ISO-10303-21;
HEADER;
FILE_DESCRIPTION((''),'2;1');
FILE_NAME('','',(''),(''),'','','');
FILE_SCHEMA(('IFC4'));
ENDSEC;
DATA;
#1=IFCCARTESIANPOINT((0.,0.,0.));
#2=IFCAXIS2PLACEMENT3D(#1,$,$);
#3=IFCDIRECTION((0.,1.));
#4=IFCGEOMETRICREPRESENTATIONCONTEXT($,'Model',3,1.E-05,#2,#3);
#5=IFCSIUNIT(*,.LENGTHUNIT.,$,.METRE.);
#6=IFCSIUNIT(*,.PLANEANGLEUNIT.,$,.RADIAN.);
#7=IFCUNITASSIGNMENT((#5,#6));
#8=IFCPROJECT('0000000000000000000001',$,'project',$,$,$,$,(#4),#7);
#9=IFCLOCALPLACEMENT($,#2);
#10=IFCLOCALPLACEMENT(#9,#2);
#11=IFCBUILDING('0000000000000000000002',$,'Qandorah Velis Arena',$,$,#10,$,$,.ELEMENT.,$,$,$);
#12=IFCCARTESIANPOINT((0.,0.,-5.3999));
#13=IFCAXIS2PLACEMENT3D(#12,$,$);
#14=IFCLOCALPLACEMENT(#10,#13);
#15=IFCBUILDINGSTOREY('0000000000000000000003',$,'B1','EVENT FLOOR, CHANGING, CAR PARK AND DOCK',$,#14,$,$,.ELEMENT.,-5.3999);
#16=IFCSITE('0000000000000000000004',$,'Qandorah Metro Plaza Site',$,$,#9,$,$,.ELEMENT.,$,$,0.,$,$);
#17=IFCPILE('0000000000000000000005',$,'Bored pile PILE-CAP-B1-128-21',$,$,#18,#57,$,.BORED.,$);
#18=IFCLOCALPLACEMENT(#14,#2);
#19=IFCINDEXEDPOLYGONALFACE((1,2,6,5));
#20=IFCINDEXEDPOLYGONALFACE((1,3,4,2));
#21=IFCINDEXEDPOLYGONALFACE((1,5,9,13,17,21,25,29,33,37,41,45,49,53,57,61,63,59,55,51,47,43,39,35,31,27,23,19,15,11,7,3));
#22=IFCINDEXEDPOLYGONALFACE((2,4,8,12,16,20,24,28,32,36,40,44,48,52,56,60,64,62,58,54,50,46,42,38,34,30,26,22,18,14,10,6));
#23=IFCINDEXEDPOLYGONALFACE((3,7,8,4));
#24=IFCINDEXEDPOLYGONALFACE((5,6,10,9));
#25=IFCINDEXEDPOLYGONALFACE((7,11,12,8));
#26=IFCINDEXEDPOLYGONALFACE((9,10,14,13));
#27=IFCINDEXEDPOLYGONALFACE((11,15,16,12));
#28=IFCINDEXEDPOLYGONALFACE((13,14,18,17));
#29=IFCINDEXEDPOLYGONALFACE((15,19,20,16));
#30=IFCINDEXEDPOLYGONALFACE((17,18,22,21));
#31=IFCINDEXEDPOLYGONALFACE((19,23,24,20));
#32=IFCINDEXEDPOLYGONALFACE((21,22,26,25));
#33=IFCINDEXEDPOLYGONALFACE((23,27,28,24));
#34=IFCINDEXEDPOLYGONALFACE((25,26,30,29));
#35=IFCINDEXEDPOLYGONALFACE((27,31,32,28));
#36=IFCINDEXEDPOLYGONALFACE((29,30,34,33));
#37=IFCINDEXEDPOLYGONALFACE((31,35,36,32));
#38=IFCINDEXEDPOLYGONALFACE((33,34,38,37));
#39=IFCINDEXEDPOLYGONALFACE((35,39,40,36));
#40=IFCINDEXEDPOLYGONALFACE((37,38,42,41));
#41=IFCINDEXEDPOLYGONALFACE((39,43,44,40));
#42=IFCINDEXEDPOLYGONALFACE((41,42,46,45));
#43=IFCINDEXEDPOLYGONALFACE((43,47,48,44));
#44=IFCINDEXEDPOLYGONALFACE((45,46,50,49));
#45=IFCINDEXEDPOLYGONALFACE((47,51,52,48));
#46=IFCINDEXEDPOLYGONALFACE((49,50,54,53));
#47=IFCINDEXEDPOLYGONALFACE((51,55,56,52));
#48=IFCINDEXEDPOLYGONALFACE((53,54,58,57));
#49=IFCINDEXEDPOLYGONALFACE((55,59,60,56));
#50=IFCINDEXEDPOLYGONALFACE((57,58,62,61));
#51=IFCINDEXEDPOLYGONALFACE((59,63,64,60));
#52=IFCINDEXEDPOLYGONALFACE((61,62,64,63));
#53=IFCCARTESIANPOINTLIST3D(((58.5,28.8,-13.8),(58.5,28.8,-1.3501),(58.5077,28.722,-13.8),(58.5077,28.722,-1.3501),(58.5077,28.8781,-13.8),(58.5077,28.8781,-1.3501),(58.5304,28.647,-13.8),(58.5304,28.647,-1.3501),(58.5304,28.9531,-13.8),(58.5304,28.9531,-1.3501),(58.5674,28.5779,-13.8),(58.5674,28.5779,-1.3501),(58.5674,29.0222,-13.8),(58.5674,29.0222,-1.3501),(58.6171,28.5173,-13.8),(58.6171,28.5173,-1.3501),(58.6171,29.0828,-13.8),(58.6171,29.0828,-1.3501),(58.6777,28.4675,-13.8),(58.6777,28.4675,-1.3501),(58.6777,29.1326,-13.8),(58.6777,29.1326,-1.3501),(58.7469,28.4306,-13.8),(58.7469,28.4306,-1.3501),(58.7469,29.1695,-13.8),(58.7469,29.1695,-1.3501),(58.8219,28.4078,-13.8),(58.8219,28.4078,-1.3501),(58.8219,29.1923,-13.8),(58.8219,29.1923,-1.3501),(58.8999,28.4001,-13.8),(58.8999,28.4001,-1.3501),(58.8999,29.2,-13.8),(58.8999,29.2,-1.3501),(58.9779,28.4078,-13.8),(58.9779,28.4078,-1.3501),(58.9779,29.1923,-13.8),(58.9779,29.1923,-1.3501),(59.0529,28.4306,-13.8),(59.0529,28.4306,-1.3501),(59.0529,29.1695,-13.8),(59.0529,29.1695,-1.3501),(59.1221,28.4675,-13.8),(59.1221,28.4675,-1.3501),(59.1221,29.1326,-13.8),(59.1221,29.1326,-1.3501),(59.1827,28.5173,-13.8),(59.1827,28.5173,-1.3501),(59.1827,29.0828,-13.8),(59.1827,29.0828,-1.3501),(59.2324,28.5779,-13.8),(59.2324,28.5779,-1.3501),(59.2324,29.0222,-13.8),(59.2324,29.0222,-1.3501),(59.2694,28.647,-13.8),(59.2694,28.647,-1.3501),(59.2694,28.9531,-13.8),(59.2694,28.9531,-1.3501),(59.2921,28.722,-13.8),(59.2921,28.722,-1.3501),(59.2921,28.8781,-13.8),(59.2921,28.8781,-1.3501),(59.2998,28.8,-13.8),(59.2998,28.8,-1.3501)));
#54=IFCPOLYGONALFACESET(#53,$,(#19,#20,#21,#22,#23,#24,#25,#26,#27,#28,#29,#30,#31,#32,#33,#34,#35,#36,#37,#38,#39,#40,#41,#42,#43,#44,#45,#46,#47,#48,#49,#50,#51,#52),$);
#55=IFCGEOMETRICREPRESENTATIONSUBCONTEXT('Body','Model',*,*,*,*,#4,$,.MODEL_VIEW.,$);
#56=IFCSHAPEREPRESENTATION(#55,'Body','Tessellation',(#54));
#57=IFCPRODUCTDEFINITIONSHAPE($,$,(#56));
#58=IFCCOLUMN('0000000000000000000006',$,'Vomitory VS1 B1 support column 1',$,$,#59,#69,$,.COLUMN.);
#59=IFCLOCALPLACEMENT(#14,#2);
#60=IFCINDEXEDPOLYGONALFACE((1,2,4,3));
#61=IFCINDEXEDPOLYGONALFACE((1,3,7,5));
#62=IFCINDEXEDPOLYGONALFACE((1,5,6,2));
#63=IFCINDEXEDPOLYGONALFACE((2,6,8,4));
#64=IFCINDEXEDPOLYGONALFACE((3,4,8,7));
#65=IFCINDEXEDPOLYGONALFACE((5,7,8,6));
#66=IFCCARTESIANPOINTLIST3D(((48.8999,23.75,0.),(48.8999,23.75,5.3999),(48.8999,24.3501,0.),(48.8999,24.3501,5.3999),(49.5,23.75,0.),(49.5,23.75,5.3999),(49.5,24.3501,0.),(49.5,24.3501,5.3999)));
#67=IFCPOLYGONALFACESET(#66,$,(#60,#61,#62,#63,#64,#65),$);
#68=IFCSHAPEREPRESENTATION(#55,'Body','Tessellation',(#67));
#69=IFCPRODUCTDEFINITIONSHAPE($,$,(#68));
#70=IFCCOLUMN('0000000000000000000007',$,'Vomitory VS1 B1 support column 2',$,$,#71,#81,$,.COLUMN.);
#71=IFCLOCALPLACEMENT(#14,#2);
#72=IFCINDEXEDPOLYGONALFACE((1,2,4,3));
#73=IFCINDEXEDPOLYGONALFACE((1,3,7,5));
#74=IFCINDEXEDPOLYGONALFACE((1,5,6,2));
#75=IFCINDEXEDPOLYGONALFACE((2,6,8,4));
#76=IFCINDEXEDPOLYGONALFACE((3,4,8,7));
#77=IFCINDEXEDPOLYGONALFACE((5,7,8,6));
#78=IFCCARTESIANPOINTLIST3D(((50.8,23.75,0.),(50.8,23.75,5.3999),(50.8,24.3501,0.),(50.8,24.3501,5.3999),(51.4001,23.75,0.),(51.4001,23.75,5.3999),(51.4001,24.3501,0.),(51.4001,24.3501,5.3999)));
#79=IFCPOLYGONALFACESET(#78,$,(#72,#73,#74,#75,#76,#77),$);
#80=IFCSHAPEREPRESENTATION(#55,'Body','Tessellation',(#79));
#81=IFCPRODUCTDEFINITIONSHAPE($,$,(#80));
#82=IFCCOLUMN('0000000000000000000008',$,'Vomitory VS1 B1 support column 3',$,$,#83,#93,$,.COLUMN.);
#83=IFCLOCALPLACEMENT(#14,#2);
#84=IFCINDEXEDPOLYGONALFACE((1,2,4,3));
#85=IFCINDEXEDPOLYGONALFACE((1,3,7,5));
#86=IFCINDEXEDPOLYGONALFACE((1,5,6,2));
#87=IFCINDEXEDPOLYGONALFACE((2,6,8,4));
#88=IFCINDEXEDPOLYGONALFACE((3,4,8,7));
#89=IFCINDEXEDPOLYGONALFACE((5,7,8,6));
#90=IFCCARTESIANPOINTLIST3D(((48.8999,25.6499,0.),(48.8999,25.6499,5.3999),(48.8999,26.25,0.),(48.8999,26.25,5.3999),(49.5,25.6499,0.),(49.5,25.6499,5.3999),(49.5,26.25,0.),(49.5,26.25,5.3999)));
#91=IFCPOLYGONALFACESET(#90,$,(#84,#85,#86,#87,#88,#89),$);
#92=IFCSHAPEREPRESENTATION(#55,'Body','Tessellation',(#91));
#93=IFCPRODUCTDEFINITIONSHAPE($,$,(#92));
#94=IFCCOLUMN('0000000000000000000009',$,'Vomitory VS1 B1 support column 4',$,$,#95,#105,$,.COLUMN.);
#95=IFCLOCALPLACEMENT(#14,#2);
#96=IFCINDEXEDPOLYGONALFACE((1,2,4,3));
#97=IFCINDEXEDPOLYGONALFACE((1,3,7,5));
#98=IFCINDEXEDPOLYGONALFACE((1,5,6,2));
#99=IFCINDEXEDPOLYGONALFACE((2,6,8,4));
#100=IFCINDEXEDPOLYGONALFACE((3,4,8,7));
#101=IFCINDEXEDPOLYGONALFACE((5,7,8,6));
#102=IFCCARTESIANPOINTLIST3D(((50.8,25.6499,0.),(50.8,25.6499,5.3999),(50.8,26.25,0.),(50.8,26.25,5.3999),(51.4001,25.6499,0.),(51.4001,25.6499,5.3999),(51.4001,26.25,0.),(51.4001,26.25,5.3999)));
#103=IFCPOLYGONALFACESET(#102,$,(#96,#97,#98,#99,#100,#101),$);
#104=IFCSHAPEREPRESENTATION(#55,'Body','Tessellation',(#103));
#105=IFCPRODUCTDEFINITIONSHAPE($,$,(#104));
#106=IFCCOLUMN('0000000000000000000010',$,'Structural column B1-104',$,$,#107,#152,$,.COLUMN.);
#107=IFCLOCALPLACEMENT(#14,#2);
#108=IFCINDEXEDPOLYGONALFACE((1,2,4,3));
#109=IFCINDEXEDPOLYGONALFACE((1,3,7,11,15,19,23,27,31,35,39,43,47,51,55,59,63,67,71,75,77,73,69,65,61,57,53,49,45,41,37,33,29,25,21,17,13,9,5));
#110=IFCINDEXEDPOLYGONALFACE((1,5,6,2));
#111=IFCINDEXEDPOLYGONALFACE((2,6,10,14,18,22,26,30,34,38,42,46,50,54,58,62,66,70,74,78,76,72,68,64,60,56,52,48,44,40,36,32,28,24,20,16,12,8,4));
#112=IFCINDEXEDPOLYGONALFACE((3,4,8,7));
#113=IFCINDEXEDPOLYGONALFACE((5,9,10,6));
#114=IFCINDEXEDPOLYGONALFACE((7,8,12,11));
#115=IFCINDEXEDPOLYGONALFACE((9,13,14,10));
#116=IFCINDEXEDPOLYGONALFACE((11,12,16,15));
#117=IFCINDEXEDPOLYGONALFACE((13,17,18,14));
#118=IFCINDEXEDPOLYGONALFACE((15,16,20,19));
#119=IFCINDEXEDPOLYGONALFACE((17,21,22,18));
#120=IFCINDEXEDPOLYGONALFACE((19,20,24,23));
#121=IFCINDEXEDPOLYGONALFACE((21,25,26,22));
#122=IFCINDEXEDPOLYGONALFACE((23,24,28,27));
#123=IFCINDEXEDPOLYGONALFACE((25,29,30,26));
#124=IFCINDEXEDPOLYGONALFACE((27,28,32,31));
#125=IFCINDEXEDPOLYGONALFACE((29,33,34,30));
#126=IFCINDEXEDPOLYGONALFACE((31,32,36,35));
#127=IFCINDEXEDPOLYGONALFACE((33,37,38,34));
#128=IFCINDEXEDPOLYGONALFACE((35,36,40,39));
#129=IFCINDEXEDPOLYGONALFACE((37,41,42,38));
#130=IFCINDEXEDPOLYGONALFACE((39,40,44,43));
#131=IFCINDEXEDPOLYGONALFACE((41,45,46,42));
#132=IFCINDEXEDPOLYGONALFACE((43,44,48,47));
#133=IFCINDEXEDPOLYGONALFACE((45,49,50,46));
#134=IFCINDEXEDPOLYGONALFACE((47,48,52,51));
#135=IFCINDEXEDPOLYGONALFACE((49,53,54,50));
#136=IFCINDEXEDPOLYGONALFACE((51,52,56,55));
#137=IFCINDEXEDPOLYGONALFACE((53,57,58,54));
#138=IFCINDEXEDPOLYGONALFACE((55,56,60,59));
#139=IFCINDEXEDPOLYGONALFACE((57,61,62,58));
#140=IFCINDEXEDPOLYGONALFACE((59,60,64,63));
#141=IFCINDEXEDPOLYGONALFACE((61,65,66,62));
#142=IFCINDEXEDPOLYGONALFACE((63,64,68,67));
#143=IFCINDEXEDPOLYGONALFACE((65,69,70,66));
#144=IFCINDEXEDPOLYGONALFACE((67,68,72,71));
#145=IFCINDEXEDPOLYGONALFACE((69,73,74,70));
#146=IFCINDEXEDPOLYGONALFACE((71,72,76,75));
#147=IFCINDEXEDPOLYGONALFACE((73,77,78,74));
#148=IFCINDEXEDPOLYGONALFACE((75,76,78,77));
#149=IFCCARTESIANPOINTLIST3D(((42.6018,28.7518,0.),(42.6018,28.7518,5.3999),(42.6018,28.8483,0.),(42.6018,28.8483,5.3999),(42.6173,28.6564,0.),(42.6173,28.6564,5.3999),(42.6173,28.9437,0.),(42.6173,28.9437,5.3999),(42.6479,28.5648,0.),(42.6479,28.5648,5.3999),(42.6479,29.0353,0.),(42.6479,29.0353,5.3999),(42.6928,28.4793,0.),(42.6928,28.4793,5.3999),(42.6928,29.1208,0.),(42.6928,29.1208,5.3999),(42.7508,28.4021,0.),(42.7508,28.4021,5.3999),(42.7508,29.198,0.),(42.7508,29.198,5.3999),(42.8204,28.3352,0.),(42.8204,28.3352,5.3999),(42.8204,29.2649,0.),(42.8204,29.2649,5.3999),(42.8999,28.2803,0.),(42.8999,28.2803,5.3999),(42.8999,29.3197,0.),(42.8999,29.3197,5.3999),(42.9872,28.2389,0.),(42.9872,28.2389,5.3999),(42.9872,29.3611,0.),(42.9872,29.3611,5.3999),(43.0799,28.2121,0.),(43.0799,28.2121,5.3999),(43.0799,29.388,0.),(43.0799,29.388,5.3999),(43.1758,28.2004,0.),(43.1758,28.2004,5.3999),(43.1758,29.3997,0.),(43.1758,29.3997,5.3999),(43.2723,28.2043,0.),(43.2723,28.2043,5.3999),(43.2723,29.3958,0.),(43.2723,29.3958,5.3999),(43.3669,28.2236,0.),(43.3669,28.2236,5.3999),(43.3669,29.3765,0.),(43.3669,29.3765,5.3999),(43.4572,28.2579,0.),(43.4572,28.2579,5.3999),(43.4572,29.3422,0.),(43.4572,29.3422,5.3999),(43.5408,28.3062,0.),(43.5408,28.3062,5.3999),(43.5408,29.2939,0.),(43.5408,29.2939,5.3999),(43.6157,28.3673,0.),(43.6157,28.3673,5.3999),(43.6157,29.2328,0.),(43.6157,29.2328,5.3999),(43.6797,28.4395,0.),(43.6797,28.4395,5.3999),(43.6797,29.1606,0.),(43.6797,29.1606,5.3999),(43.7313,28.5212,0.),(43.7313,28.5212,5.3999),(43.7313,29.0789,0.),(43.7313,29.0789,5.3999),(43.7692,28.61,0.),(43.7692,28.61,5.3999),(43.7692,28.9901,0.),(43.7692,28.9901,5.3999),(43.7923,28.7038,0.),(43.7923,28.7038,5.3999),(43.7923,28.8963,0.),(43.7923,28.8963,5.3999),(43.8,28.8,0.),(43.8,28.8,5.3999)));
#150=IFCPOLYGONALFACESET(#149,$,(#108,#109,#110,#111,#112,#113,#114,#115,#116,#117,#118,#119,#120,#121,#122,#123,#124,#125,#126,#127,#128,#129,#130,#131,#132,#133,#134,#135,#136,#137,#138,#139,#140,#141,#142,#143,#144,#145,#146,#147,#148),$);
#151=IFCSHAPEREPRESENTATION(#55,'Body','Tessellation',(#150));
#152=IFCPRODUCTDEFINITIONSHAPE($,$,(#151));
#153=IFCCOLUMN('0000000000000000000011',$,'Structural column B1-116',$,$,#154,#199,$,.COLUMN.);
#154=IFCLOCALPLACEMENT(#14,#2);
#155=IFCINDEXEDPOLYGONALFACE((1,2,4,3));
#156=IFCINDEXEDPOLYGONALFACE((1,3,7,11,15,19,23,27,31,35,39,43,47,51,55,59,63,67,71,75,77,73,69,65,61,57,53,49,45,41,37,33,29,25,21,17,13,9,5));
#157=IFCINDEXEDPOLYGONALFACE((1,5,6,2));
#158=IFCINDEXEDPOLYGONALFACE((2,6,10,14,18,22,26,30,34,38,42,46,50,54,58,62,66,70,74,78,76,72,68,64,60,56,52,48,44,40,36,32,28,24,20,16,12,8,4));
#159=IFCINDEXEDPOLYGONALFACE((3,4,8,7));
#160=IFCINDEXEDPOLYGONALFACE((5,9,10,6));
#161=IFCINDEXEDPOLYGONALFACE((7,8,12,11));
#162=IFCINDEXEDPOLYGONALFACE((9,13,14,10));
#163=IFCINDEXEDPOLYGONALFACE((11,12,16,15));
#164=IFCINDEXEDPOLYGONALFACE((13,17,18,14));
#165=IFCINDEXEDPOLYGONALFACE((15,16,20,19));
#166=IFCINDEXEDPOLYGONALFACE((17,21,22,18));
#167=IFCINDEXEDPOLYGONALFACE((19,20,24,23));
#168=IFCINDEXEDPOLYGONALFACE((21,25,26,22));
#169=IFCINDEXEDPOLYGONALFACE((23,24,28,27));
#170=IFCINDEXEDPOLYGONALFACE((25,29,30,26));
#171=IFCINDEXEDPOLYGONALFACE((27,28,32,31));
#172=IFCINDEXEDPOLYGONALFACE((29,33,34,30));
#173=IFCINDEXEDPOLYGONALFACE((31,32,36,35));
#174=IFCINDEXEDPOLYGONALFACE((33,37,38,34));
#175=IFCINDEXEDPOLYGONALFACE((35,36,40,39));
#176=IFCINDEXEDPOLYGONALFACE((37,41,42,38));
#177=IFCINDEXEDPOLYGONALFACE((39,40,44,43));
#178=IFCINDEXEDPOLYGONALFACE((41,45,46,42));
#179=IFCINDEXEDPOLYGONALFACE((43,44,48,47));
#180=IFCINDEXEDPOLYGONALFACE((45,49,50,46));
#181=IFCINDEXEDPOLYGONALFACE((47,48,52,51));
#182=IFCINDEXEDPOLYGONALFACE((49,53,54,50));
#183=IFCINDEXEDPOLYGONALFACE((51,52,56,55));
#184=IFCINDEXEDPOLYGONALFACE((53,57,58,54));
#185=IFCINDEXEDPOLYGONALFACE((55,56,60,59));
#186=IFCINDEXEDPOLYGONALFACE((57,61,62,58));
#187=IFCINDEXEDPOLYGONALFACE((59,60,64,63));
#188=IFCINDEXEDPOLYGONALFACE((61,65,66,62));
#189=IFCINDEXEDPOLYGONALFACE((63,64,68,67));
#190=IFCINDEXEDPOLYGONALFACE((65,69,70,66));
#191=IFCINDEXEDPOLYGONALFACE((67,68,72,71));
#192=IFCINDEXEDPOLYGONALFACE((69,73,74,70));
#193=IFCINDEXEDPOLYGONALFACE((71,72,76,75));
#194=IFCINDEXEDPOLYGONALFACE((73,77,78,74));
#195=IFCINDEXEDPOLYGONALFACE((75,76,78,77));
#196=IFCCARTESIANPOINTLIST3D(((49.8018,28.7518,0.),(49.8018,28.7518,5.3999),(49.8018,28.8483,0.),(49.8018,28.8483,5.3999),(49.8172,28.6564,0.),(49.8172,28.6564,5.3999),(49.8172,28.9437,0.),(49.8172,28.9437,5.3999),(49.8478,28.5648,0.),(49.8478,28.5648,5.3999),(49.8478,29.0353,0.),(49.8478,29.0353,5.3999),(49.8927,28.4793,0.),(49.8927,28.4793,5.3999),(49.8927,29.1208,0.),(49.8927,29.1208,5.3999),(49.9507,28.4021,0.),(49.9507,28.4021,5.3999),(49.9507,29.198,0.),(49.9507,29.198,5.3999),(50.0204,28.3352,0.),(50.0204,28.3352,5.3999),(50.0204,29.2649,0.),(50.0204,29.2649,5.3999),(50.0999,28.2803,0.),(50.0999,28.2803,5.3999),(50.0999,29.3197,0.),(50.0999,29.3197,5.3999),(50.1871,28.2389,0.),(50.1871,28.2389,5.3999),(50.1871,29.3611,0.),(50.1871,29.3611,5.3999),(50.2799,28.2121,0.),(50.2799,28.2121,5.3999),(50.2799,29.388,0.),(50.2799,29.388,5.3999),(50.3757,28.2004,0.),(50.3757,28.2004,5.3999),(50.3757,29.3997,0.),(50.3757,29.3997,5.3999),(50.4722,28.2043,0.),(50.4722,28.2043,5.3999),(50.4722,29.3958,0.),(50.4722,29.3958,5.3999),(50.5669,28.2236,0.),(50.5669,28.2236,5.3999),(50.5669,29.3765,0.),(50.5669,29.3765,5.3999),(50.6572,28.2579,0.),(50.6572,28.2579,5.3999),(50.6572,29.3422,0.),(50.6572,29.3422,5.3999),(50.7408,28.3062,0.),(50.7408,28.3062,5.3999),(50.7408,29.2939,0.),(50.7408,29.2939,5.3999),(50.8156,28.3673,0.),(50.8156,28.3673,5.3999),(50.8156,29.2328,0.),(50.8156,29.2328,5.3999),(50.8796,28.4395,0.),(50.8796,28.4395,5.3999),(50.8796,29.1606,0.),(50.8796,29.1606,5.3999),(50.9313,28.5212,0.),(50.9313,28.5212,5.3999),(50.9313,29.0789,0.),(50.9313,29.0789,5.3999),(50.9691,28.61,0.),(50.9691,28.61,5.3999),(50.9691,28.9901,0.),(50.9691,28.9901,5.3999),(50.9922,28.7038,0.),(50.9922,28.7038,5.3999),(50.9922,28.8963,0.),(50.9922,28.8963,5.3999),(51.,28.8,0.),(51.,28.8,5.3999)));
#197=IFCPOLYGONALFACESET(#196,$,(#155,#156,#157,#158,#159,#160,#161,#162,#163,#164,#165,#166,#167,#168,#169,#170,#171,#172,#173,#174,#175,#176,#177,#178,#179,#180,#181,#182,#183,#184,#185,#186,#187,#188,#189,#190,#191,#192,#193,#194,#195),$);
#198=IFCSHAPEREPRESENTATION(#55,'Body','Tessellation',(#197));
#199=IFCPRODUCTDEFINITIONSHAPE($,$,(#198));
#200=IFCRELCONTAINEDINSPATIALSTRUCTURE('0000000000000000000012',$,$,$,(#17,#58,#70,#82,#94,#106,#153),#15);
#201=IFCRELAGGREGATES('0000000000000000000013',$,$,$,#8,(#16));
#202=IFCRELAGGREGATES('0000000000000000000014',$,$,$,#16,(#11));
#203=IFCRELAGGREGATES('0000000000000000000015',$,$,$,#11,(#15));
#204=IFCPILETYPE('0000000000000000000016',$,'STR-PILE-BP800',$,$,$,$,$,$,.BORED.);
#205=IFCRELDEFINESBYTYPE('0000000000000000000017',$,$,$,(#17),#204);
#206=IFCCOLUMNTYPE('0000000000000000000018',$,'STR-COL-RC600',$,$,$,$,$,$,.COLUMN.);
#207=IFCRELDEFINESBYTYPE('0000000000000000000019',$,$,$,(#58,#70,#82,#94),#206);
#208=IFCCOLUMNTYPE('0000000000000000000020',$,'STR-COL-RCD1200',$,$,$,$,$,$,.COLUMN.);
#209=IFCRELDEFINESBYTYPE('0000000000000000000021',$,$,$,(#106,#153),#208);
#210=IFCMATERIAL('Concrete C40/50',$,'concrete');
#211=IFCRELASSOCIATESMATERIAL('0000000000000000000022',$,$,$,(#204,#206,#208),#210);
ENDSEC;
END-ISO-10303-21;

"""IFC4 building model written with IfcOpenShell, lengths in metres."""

from ifc_helpers import new_model, si_unit, direction, frame, origin, origin_2d, place, context, subcontext, project, spatial, rectangle, circle, extrude, material, material_profile, profile_set, type_object, element, save


model = new_model("IFC4")

# Units and contexts
model_context = context("Model", 3, precision=1e-05, world=origin(), true_north=direction((0.0, 1.0)))
body_context = subcontext(model_context, "Body", "Model", "MODEL_VIEW")
ifc_project = project(units=[si_unit("LENGTHUNIT", "METRE"), si_unit("PLANEANGLEUNIT", "RADIAN")], contexts=[model_context])

# Site, building, storey
site_placement = place(None, origin())
site = spatial("IfcSite", under=ifc_project, at=site_placement, Name="Qandorah Metro Plaza Site", CompositionType="ELEMENT", RefElevation=0.0)
building_placement = place(site_placement, origin())
building = spatial("IfcBuilding", under=site, at=building_placement, Name="Qandorah Velis Arena", CompositionType="ELEMENT")
storey_placement = place(building_placement, frame((0.0, 0.0, -5.3999)))
storey = spatial("IfcBuildingStorey", under=building, at=storey_placement, Name="B1", Description="EVENT FLOOR, CHANGING, CAR PARK AND DOCK", CompositionType="ELEMENT", Elevation=-5.3999)

# Shared definitions
ifc_material_1 = material(Name="Concrete C40/50", Category="concrete")

# Pile
ifc_material_profile_1 = material_profile(ifc_material_1, circle(Radius=0.3999, at=origin_2d()), Name="BORED PILE D800")
ifc_profile_set_1 = profile_set([ifc_material_profile_1], Name="Concrete C40/50")
pile_type = type_object("IfcPileType", Name="STR-PILE-BP800", PredefinedType="BORED", material=ifc_profile_set_1)
for number, where, z_axis, x_axis, name in (
    (1, (58.8999, 28.8, -1.3501), (0.0, 0.0, -1.0), (1.0, 0.0, 0.0), "Bored pile PILE-CAP-B1-128-21"),
):
    element("IfcPile", number, at=place(storey_placement, frame(where, z_axis=z_axis, x_axis=x_axis)), inside=storey, type_object=pile_type, Name=name, PredefinedType="BORED", context=body_context, shape_type="SweptSolid", body=[
        extrude(circle(Radius=0.3999, at=origin_2d()), origin(), (0.0, 0.0, 1.0), 12.45),
    ])

# Columns
ifc_material_profile_2 = material_profile(ifc_material_1, rectangle(XDim=0.6001, YDim=0.6001, at=origin_2d()), Name="RC COL 600x600")
ifc_profile_set_2 = profile_set([ifc_material_profile_2], Name="Concrete C40/50")
column_type_1 = type_object("IfcColumnType", Name="STR-COL-RC600", PredefinedType="COLUMN", material=ifc_profile_set_2)
for number, where, z_axis, x_axis, name in (
    (2, (49.2, 24.05, 0.0), (0.0, 0.0, 1.0), (1.0, 0.0, 0.0), "Vomitory VS1 B1 support column 1"),
    (3, (51.1001, 24.05, 0.0), (0.0, 0.0, 1.0), (1.0, 0.0, 0.0), "Vomitory VS1 B1 support column 2"),
    (4, (49.2, 25.95, 0.0), (0.0, 0.0, 1.0), (1.0, 0.0, 0.0), "Vomitory VS1 B1 support column 3"),
    (5, (51.1001, 25.95, 0.0), (0.0, 0.0, 1.0), (1.0, 0.0, 0.0), "Vomitory VS1 B1 support column 4"),
):
    element("IfcColumn", number, at=place(storey_placement, frame(where, z_axis=z_axis, x_axis=x_axis)), inside=storey, type_object=column_type_1, Name=name, PredefinedType="COLUMN", context=body_context, shape_type="SweptSolid", body=[
        extrude(rectangle(XDim=0.6001, YDim=0.6001, at=origin_2d()), origin(), (0.0, 0.0, 1.0), 5.3999),
    ])
ifc_material_profile_3 = material_profile(ifc_material_1, circle(Radius=0.6001, at=origin_2d()), Name="RC D1200")
ifc_profile_set_3 = profile_set([ifc_material_profile_3], Name="Concrete C40/50")
column_type_2 = type_object("IfcColumnType", Name="STR-COL-RCD1200", PredefinedType="COLUMN", material=ifc_profile_set_3)
for number, where, z_axis, x_axis, name in (
    (6, (43.2, 28.8, 0.0), (0.0, 0.0, 1.0), (1.0, 0.0, 0.0), "Structural column B1-104"),
    (7, (50.3999, 28.8, 0.0), (0.0, 0.0, 1.0), (1.0, 0.0, 0.0), "Structural column B1-116"),
):
    element("IfcColumn", number, at=place(storey_placement, frame(where, z_axis=z_axis, x_axis=x_axis)), inside=storey, type_object=column_type_2, Name=name, PredefinedType="COLUMN", context=body_context, shape_type="SweptSolid", body=[
        extrude(circle(Radius=0.6001, at=origin_2d()), origin(), (0.0, 0.0, 1.0), 5.3999),
    ])

save(model, "model.ifc")
